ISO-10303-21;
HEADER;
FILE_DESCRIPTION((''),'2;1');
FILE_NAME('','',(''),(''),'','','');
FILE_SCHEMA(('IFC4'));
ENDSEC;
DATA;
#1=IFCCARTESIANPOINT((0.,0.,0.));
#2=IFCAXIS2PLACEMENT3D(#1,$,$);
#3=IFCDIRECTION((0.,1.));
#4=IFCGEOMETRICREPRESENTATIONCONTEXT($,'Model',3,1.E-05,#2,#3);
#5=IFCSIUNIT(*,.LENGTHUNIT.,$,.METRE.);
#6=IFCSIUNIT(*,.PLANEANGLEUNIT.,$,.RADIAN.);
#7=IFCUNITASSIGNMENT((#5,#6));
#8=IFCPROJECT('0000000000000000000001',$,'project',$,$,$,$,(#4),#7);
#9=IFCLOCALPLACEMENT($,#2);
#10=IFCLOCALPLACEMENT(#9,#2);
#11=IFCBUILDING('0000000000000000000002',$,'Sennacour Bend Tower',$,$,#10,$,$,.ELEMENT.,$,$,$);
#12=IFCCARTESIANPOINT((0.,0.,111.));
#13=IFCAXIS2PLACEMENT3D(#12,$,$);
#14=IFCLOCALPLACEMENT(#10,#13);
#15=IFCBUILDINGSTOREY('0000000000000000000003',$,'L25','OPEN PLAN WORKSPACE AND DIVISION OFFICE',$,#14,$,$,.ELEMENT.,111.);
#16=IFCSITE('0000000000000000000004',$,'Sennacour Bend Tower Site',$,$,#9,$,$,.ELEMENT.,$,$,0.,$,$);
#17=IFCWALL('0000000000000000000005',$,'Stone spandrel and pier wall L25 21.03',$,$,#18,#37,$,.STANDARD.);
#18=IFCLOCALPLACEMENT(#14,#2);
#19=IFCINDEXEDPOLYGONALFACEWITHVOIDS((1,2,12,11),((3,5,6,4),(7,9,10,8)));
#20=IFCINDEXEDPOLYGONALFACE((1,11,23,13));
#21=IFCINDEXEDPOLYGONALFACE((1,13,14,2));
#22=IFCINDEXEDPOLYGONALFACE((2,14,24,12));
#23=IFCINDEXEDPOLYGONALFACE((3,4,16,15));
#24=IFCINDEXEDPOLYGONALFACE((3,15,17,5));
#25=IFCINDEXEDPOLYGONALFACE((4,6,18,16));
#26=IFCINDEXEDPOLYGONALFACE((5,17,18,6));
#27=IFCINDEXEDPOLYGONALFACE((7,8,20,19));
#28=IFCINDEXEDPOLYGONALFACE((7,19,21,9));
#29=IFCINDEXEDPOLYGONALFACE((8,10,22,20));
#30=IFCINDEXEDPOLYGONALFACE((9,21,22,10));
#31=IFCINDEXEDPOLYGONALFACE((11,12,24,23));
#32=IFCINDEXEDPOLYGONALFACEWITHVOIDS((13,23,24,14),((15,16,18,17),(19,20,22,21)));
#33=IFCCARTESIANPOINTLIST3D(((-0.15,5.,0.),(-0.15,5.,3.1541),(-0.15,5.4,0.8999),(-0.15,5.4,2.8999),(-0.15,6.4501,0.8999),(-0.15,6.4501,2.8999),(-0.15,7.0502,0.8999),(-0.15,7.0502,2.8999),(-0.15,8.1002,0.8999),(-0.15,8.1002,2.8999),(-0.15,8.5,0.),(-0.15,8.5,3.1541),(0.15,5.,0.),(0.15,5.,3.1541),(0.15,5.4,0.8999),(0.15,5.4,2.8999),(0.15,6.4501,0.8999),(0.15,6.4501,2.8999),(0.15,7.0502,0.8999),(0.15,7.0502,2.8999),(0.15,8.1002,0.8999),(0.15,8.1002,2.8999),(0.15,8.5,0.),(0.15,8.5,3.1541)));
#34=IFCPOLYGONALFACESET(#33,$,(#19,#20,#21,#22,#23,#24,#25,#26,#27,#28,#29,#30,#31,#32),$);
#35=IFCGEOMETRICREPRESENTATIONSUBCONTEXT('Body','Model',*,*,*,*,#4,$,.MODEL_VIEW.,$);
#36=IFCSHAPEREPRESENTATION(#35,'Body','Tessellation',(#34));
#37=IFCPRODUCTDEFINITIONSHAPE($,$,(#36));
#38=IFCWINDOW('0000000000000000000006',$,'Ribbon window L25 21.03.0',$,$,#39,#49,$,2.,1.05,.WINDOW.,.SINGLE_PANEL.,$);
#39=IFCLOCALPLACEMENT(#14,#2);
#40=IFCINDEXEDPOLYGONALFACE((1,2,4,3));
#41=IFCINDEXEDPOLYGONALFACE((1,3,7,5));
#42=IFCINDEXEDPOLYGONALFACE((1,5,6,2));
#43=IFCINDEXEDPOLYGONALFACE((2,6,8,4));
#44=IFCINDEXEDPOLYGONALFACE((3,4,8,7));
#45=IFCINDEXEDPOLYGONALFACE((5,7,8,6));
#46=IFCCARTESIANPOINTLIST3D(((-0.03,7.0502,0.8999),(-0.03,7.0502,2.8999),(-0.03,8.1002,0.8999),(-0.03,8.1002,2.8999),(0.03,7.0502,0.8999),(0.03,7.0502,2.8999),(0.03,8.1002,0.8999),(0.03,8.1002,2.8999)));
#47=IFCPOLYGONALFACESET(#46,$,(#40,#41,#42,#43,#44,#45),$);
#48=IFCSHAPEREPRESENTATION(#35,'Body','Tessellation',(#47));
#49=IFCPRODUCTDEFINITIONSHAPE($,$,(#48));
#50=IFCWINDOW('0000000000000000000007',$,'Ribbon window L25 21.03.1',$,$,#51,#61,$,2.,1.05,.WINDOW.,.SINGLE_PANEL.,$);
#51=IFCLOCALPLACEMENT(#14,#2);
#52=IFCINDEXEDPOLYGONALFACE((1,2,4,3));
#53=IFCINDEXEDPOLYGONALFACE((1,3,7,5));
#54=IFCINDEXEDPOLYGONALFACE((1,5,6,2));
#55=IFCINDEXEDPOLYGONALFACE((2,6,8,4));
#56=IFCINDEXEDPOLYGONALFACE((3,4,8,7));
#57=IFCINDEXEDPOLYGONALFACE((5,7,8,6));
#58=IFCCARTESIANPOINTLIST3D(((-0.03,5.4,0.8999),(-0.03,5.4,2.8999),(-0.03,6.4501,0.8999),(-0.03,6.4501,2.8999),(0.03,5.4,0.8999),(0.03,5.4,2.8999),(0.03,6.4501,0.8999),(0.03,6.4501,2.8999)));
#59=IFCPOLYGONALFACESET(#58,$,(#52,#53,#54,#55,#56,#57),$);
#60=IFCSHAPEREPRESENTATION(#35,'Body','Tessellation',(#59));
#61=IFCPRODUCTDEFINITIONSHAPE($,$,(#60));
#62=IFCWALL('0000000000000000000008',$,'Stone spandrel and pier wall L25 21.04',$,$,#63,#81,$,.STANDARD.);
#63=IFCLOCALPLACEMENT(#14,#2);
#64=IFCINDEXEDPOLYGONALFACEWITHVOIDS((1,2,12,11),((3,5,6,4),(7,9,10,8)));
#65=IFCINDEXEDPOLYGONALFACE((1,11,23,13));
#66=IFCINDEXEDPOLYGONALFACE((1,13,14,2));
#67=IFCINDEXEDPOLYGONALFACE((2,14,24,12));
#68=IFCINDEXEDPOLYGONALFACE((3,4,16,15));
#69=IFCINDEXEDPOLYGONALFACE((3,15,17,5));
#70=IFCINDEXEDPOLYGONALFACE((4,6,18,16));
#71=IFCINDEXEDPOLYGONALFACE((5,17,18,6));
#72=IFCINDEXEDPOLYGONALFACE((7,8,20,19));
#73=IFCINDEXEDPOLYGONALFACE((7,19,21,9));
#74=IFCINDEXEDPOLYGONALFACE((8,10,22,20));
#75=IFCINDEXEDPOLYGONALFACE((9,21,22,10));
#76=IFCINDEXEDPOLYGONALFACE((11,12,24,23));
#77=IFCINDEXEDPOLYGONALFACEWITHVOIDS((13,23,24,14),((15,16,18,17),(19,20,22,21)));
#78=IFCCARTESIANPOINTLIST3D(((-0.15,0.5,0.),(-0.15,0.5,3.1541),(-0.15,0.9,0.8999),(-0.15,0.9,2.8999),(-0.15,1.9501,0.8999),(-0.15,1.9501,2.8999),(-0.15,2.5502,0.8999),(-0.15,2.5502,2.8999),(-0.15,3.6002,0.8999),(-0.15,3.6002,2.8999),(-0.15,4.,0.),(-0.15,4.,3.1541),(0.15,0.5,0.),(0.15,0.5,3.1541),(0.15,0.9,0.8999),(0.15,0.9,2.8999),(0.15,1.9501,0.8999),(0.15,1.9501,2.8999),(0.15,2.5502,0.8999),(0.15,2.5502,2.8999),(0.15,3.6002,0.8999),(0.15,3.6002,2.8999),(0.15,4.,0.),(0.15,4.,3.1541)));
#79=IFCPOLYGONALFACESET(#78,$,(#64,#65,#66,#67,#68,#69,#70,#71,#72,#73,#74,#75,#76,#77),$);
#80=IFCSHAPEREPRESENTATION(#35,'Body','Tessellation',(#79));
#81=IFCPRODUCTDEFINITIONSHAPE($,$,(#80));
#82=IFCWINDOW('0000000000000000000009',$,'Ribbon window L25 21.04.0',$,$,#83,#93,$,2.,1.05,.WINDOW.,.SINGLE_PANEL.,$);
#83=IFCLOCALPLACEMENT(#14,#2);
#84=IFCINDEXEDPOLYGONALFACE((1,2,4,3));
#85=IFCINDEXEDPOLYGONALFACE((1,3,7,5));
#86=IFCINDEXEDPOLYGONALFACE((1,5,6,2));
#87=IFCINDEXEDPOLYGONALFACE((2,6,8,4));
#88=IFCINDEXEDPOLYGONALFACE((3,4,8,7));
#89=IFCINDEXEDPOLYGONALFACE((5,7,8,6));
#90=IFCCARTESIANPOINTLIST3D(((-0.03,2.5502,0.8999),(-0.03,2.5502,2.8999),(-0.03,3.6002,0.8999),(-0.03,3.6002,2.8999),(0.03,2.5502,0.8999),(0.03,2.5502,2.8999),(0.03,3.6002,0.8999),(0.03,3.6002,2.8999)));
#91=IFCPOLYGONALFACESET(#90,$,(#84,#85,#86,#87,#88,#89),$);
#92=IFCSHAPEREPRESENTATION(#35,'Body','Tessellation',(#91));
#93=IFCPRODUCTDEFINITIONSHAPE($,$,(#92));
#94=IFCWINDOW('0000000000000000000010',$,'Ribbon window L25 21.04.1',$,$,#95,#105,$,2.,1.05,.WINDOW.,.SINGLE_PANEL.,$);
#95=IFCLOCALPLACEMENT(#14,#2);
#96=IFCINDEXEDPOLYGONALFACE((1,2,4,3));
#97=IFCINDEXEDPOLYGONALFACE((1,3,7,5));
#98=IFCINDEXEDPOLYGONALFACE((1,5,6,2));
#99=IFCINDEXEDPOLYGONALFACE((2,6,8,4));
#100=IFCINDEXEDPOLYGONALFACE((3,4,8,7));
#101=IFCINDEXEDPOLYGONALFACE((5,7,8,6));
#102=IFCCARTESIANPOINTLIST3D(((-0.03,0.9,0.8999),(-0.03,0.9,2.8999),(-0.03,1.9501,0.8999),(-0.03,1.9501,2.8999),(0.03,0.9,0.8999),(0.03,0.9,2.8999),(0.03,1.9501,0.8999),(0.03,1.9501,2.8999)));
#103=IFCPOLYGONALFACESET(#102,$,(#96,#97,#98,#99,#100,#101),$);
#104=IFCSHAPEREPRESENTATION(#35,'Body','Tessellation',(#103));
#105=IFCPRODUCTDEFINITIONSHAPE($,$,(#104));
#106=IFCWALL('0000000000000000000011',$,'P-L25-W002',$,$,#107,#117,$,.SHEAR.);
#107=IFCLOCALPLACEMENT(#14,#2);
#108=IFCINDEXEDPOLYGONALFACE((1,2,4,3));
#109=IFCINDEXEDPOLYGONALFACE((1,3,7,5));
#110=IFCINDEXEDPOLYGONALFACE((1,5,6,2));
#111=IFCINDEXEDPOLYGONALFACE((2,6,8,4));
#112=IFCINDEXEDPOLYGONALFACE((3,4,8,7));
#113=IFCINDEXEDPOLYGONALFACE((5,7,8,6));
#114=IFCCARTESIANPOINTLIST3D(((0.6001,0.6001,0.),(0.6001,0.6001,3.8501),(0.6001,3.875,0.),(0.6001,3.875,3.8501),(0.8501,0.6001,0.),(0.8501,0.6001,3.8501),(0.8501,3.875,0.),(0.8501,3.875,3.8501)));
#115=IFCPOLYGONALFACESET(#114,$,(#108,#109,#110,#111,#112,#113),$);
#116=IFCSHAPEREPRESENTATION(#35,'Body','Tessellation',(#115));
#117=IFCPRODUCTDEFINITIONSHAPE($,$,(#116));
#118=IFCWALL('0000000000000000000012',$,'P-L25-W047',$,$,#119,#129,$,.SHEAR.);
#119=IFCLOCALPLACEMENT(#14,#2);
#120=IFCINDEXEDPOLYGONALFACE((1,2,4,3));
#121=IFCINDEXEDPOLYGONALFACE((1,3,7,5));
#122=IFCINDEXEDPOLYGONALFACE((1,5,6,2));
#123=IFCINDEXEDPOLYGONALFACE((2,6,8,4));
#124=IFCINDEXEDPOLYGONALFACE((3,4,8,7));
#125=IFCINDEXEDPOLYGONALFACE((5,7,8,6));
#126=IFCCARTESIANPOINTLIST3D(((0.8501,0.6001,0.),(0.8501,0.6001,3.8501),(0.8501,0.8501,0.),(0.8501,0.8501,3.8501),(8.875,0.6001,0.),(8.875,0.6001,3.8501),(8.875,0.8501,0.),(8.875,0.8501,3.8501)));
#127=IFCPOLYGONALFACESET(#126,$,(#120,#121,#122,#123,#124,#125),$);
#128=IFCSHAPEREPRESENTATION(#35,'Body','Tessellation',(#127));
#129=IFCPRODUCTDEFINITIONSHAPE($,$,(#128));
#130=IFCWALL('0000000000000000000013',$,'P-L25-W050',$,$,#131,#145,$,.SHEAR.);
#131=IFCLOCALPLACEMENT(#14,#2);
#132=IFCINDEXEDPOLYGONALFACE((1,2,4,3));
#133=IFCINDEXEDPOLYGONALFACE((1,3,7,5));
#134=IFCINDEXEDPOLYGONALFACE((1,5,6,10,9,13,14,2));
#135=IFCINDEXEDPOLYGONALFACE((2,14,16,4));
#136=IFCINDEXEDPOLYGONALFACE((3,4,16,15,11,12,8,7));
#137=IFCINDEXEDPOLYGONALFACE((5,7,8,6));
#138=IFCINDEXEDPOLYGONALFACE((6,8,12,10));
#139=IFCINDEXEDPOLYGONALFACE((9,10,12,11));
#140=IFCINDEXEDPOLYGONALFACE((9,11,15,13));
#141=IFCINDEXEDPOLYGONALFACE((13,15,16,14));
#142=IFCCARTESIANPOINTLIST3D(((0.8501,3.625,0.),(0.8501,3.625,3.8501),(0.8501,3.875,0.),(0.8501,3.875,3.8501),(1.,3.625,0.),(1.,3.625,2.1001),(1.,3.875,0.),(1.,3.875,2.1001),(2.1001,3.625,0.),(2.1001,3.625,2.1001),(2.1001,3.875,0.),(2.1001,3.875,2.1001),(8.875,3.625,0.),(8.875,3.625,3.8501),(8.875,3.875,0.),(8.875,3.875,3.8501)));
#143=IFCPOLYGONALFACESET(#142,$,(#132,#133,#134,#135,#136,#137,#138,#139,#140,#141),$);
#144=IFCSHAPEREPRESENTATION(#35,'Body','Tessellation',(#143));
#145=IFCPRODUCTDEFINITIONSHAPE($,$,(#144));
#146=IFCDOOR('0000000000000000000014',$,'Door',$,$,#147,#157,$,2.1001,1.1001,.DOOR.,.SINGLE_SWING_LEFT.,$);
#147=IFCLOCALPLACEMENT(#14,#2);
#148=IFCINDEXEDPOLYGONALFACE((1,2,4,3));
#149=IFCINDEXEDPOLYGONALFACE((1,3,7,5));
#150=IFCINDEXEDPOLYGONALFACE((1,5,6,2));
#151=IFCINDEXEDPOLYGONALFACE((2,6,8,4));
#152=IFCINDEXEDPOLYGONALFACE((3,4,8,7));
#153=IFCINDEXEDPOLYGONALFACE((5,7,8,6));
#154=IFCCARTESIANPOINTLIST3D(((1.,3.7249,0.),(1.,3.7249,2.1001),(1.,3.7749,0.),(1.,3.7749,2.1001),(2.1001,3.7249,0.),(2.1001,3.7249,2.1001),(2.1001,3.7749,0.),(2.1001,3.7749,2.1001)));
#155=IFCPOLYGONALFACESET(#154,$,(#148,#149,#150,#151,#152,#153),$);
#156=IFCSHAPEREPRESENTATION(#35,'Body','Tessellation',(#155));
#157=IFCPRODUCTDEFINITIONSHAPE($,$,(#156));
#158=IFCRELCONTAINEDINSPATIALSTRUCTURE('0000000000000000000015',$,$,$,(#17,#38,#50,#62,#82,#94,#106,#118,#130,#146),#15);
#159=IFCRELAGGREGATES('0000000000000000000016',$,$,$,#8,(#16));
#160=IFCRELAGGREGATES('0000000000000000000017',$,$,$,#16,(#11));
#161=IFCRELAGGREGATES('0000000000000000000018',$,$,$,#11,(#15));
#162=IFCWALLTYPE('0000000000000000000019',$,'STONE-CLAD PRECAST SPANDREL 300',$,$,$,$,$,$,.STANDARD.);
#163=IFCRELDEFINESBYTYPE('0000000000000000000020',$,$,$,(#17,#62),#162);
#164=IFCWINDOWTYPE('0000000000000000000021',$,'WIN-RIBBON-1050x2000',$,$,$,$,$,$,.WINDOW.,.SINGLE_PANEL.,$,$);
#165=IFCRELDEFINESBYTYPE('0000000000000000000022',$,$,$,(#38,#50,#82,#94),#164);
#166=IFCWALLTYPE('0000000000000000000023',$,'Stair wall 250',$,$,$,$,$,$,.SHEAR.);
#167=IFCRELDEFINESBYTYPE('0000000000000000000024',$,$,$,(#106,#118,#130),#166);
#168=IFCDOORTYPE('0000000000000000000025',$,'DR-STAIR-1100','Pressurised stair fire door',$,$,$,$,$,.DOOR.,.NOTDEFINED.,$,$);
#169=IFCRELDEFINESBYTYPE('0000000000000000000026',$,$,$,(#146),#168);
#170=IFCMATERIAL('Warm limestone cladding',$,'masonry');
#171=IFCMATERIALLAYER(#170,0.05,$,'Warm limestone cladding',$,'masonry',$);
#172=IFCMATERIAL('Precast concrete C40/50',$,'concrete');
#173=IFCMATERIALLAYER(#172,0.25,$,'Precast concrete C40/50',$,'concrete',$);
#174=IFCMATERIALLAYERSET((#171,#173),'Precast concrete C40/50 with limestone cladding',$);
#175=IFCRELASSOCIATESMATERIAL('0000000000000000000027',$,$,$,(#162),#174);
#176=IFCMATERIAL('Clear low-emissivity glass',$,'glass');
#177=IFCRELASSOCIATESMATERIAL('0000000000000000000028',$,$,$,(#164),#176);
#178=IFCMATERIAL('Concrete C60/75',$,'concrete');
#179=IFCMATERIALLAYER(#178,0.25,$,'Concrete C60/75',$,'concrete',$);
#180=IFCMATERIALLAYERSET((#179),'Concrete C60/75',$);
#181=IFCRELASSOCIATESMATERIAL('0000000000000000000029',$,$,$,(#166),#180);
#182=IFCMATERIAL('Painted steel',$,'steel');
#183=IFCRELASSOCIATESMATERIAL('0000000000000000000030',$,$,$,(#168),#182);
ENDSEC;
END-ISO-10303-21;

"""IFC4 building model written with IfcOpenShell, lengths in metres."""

from ifc_helpers import new_model, si_unit, direction, frame, frame_2d, origin, place, context, subcontext, project, spatial, rectangle, extrude, material, layer, layer_set, type_object, element, fill, save


model = new_model("IFC4")

# Units and contexts
model_context = context("Model", 3, precision=1e-05, world=origin(), true_north=direction((0.0, 1.0)))
body_context = subcontext(model_context, "Body", "Model", "MODEL_VIEW")
ifc_project = project(units=[si_unit("LENGTHUNIT", "METRE"), si_unit("PLANEANGLEUNIT", "RADIAN")], contexts=[model_context])

# Site, building, storey
site_placement = place(None, origin())
site = spatial("IfcSite", under=ifc_project, at=site_placement, Name="Sennacour Bend Tower Site", CompositionType="ELEMENT", RefElevation=0.0)
building_placement = place(site_placement, origin())
building = spatial("IfcBuilding", under=site, at=building_placement, Name="Sennacour Bend Tower", CompositionType="ELEMENT")
storey_placement = place(building_placement, frame((0.0, 0.0, 111.0)))
storey = spatial("IfcBuildingStorey", under=building, at=storey_placement, Name="L25", Description="OPEN PLAN WORKSPACE AND DIVISION OFFICE", CompositionType="ELEMENT", Elevation=111.0)

# Shared definitions
ifc_material_1 = material(Name="Painted steel", Category="steel")

# Walls, openings, windows
ifc_material_2 = material(Name="Warm limestone cladding", Category="masonry")
ifc_layer_1 = layer(ifc_material_2, 0.05, Name="Warm limestone cladding", Category="masonry")
ifc_material_3 = material(Name="Precast concrete C40/50", Category="concrete")
ifc_layer_2 = layer(ifc_material_3, 0.25, Name="Precast concrete C40/50", Category="concrete")
ifc_layer_set_1 = layer_set([ifc_layer_1, ifc_layer_2], Name="Precast concrete C40/50 with limestone cladding")
wall_type_1 = type_object("IfcWallType", Name="STONE-CLAD PRECAST SPANDREL 300", PredefinedType="STANDARD", material=ifc_layer_set_1)
ifc_material_4 = material(Name="Clear low-emissivity glass", Category="glass")
window_type = type_object("IfcWindowType", Name="WIN-RIBBON-1050x2000", PartitioningType="SINGLE_PANEL", PredefinedType="WINDOW", material=ifc_material_4)
wall_1_placement = place(storey_placement, frame((0.0, 8.5, 0.0), z_axis=(0.0, 0.0, 1.0), x_axis=(0.0, -1.0, 0.0)))
wall_1 = element("IfcWall", 1, at=wall_1_placement, inside=storey, type_object=wall_type_1, Name="Stone spandrel and pier wall L25 21.03", PredefinedType="STANDARD", context=body_context, shape_type="SweptSolid", body=[
    extrude(rectangle(XDim=3.5, YDim=0.3, at=frame_2d((1.75, 0.0))), origin(), (0.0, 0.0, 1.0), 3.1541),
])
opening_1_placement = place(wall_1_placement, frame((0.3999, 0.0, 0.8999)))
opening_1 = element("IfcOpeningElement", 2, at=opening_1_placement, cuts=wall_1, PredefinedType="OPENING", context=body_context, shape_type="SweptSolid", body=[
    extrude(rectangle(XDim=1.05, YDim=2.0, at=frame_2d((0.5249, 1.0))), frame((0.0, 0.1602, 0.0), z_axis=(0.0, -1.0, 0.0), x_axis=(1.0, 0.0, 0.0)), (0.0, 0.0, 1.0), 0.3201),
])
opening_2_placement = place(wall_1_placement, frame((2.05, 0.0, 0.8999)))
opening_2 = element("IfcOpeningElement", 3, at=opening_2_placement, cuts=wall_1, PredefinedType="OPENING", context=body_context, shape_type="SweptSolid", body=[
    extrude(rectangle(XDim=1.05, YDim=2.0, at=frame_2d((0.5249, 1.0))), frame((0.0, 0.1602, 0.0), z_axis=(0.0, -1.0, 0.0), x_axis=(1.0, 0.0, 0.0)), (0.0, 0.0, 1.0), 0.3201),
])
window_1_placement = place(opening_1_placement, origin())
window_1 = element("IfcWindow", 4, at=window_1_placement, inside=storey, type_object=window_type, Name="Ribbon window L25 21.03.0", OverallHeight=2.0, OverallWidth=1.05, PartitioningType="SINGLE_PANEL", PredefinedType="WINDOW", context=body_context, shape_type="SweptSolid", body=[
    extrude(rectangle(XDim=1.05, YDim=2.0, at=frame_2d((0.5249, 1.0))), frame((0.0, 0.03, 0.0), z_axis=(0.0, -1.0, 0.0), x_axis=(1.0, 0.0, 0.0)), (0.0, 0.0, 1.0), 0.0601),
])
fill(opening_1, window_1)
window_2_placement = place(opening_2_placement, origin())
window_2 = element("IfcWindow", 5, at=window_2_placement, inside=storey, type_object=window_type, Name="Ribbon window L25 21.03.1", OverallHeight=2.0, OverallWidth=1.05, PartitioningType="SINGLE_PANEL", PredefinedType="WINDOW", context=body_context, shape_type="SweptSolid", body=[
    extrude(rectangle(XDim=1.05, YDim=2.0, at=frame_2d((0.5249, 1.0))), frame((0.0, 0.03, 0.0), z_axis=(0.0, -1.0, 0.0), x_axis=(1.0, 0.0, 0.0)), (0.0, 0.0, 1.0), 0.0601),
])
fill(opening_2, window_2)
wall_2_placement = place(storey_placement, frame((0.0, 4.0, 0.0), z_axis=(0.0, 0.0, 1.0), x_axis=(0.0, -1.0, 0.0)))
wall_2 = element("IfcWall", 6, at=wall_2_placement, inside=storey, type_object=wall_type_1, Name="Stone spandrel and pier wall L25 21.04", PredefinedType="STANDARD", context=body_context, shape_type="SweptSolid", body=[
    extrude(rectangle(XDim=3.5, YDim=0.3, at=frame_2d((1.75, 0.0))), origin(), (0.0, 0.0, 1.0), 3.1541),
])
opening_3_placement = place(wall_2_placement, frame((0.3999, 0.0, 0.8999)))
opening_3 = element("IfcOpeningElement", 7, at=opening_3_placement, cuts=wall_2, PredefinedType="OPENING", context=body_context, shape_type="SweptSolid", body=[
    extrude(rectangle(XDim=1.05, YDim=2.0, at=frame_2d((0.5249, 1.0))), frame((0.0, 0.1602, 0.0), z_axis=(0.0, -1.0, 0.0), x_axis=(1.0, 0.0, 0.0)), (0.0, 0.0, 1.0), 0.3201),
])
opening_4_placement = place(wall_2_placement, frame((2.05, 0.0, 0.8999)))
opening_4 = element("IfcOpeningElement", 8, at=opening_4_placement, cuts=wall_2, PredefinedType="OPENING", context=body_context, shape_type="SweptSolid", body=[
    extrude(rectangle(XDim=1.05, YDim=2.0, at=frame_2d((0.5249, 1.0))), frame((0.0, 0.1602, 0.0), z_axis=(0.0, -1.0, 0.0), x_axis=(1.0, 0.0, 0.0)), (0.0, 0.0, 1.0), 0.3201),
])
window_3_placement = place(opening_3_placement, origin())
window_3 = element("IfcWindow", 9, at=window_3_placement, inside=storey, type_object=window_type, Name="Ribbon window L25 21.04.0", OverallHeight=2.0, OverallWidth=1.05, PartitioningType="SINGLE_PANEL", PredefinedType="WINDOW", context=body_context, shape_type="SweptSolid", body=[
    extrude(rectangle(XDim=1.05, YDim=2.0, at=frame_2d((0.5249, 1.0))), frame((0.0, 0.03, 0.0), z_axis=(0.0, -1.0, 0.0), x_axis=(1.0, 0.0, 0.0)), (0.0, 0.0, 1.0), 0.0601),
])
fill(opening_3, window_3)
window_4_placement = place(opening_4_placement, origin())
window_4 = element("IfcWindow", 10, at=window_4_placement, inside=storey, type_object=window_type, Name="Ribbon window L25 21.04.1", OverallHeight=2.0, OverallWidth=1.05, PartitioningType="SINGLE_PANEL", PredefinedType="WINDOW", context=body_context, shape_type="SweptSolid", body=[
    extrude(rectangle(XDim=1.05, YDim=2.0, at=frame_2d((0.5249, 1.0))), frame((0.0, 0.03, 0.0), z_axis=(0.0, -1.0, 0.0), x_axis=(1.0, 0.0, 0.0)), (0.0, 0.0, 1.0), 0.0601),
])
fill(opening_4, window_4)

# Walls
ifc_material_5 = material(Name="Concrete C60/75", Category="concrete")
ifc_layer_3 = layer(ifc_material_5, 0.25, Name="Concrete C60/75", Category="concrete")
ifc_layer_set_2 = layer_set([ifc_layer_3], Name="Concrete C60/75")
wall_type_2 = type_object("IfcWallType", Name="Stair wall 250", PredefinedType="SHEAR", material=ifc_layer_set_2)
wall_3_placement = place(storey_placement, frame((0.7251, 0.6001, 0.0), z_axis=(0.0, 0.0, 1.0), x_axis=(0.0, 1.0, 0.0)))
element("IfcWall", 11, at=wall_3_placement, inside=storey, type_object=wall_type_2, Name="P-L25-W002", PredefinedType="SHEAR", context=body_context, shape_type="SweptSolid", body=[
    extrude(rectangle(XDim=3.2749, YDim=0.25, at=frame_2d((1.6375, 0.0))), origin(), (0.0, 0.0, 1.0), 3.8501),
])
wall_4_placement = place(storey_placement, frame((0.8501, 0.7251, 0.0), z_axis=(0.0, 0.0, 1.0), x_axis=(1.0, 0.0, 0.0)))
element("IfcWall", 12, at=wall_4_placement, inside=storey, type_object=wall_type_2, Name="P-L25-W047", PredefinedType="SHEAR", context=body_context, shape_type="SweptSolid", body=[
    extrude(rectangle(XDim=8.0249, YDim=0.25, at=frame_2d((4.0125, 0.0))), origin(), (0.0, 0.0, 1.0), 3.8501),
])

# Wall, opening, door
wall_5_placement = place(storey_placement, frame((0.8501, 3.75, 0.0), z_axis=(0.0, 0.0, 1.0), x_axis=(1.0, 0.0, 0.0)))
wall_5 = element("IfcWall", 13, at=wall_5_placement, inside=storey, type_object=wall_type_2, Name="P-L25-W050", PredefinedType="SHEAR", context=body_context, shape_type="SweptSolid", body=[
    extrude(rectangle(XDim=8.0249, YDim=0.25, at=frame_2d((4.0125, 0.0))), origin(), (0.0, 0.0, 1.0), 3.8501),
])
opening_5_placement = place(wall_5_placement, frame((0.1499, 0.0, 0.0)))
opening_5 = element("IfcOpeningElement", 14, at=opening_5_placement, cuts=wall_5, PredefinedType="OPENING", context=body_context, shape_type="SweptSolid", body=[
    extrude(rectangle(XDim=1.1001, YDim=2.1001, at=frame_2d((0.55, 1.05))), frame((0.0, 0.135, 0.0), z_axis=(0.0, -1.0, 0.0), x_axis=(1.0, 0.0, 0.0)), (0.0, 0.0, 1.0), 0.27),
])
door_type_1 = type_object("IfcDoorType", Name="DR-STAIR-1100", Description="Pressurised stair fire door", OperationType="NOTDEFINED", PredefinedType="DOOR", material=ifc_material_1)
door_1_placement = place(opening_5_placement, origin())
door_1 = element("IfcDoor", 15, at=door_1_placement, inside=storey, type_object=door_type_1, Name="Door", OperationType="SINGLE_SWING_LEFT", OverallHeight=2.1001, OverallWidth=1.1001, PredefinedType="DOOR", context=body_context, shape_type="SweptSolid", body=[
    extrude(rectangle(XDim=1.1001, YDim=2.1001, at=frame_2d((0.55, 1.05))), frame((0.0, 0.0249, 0.0), z_axis=(0.0, -1.0, 0.0), x_axis=(1.0, 0.0, 0.0)), (0.0, 0.0, 1.0), 0.05),
])
fill(opening_5, door_1)

save(model, "model.ifc")
